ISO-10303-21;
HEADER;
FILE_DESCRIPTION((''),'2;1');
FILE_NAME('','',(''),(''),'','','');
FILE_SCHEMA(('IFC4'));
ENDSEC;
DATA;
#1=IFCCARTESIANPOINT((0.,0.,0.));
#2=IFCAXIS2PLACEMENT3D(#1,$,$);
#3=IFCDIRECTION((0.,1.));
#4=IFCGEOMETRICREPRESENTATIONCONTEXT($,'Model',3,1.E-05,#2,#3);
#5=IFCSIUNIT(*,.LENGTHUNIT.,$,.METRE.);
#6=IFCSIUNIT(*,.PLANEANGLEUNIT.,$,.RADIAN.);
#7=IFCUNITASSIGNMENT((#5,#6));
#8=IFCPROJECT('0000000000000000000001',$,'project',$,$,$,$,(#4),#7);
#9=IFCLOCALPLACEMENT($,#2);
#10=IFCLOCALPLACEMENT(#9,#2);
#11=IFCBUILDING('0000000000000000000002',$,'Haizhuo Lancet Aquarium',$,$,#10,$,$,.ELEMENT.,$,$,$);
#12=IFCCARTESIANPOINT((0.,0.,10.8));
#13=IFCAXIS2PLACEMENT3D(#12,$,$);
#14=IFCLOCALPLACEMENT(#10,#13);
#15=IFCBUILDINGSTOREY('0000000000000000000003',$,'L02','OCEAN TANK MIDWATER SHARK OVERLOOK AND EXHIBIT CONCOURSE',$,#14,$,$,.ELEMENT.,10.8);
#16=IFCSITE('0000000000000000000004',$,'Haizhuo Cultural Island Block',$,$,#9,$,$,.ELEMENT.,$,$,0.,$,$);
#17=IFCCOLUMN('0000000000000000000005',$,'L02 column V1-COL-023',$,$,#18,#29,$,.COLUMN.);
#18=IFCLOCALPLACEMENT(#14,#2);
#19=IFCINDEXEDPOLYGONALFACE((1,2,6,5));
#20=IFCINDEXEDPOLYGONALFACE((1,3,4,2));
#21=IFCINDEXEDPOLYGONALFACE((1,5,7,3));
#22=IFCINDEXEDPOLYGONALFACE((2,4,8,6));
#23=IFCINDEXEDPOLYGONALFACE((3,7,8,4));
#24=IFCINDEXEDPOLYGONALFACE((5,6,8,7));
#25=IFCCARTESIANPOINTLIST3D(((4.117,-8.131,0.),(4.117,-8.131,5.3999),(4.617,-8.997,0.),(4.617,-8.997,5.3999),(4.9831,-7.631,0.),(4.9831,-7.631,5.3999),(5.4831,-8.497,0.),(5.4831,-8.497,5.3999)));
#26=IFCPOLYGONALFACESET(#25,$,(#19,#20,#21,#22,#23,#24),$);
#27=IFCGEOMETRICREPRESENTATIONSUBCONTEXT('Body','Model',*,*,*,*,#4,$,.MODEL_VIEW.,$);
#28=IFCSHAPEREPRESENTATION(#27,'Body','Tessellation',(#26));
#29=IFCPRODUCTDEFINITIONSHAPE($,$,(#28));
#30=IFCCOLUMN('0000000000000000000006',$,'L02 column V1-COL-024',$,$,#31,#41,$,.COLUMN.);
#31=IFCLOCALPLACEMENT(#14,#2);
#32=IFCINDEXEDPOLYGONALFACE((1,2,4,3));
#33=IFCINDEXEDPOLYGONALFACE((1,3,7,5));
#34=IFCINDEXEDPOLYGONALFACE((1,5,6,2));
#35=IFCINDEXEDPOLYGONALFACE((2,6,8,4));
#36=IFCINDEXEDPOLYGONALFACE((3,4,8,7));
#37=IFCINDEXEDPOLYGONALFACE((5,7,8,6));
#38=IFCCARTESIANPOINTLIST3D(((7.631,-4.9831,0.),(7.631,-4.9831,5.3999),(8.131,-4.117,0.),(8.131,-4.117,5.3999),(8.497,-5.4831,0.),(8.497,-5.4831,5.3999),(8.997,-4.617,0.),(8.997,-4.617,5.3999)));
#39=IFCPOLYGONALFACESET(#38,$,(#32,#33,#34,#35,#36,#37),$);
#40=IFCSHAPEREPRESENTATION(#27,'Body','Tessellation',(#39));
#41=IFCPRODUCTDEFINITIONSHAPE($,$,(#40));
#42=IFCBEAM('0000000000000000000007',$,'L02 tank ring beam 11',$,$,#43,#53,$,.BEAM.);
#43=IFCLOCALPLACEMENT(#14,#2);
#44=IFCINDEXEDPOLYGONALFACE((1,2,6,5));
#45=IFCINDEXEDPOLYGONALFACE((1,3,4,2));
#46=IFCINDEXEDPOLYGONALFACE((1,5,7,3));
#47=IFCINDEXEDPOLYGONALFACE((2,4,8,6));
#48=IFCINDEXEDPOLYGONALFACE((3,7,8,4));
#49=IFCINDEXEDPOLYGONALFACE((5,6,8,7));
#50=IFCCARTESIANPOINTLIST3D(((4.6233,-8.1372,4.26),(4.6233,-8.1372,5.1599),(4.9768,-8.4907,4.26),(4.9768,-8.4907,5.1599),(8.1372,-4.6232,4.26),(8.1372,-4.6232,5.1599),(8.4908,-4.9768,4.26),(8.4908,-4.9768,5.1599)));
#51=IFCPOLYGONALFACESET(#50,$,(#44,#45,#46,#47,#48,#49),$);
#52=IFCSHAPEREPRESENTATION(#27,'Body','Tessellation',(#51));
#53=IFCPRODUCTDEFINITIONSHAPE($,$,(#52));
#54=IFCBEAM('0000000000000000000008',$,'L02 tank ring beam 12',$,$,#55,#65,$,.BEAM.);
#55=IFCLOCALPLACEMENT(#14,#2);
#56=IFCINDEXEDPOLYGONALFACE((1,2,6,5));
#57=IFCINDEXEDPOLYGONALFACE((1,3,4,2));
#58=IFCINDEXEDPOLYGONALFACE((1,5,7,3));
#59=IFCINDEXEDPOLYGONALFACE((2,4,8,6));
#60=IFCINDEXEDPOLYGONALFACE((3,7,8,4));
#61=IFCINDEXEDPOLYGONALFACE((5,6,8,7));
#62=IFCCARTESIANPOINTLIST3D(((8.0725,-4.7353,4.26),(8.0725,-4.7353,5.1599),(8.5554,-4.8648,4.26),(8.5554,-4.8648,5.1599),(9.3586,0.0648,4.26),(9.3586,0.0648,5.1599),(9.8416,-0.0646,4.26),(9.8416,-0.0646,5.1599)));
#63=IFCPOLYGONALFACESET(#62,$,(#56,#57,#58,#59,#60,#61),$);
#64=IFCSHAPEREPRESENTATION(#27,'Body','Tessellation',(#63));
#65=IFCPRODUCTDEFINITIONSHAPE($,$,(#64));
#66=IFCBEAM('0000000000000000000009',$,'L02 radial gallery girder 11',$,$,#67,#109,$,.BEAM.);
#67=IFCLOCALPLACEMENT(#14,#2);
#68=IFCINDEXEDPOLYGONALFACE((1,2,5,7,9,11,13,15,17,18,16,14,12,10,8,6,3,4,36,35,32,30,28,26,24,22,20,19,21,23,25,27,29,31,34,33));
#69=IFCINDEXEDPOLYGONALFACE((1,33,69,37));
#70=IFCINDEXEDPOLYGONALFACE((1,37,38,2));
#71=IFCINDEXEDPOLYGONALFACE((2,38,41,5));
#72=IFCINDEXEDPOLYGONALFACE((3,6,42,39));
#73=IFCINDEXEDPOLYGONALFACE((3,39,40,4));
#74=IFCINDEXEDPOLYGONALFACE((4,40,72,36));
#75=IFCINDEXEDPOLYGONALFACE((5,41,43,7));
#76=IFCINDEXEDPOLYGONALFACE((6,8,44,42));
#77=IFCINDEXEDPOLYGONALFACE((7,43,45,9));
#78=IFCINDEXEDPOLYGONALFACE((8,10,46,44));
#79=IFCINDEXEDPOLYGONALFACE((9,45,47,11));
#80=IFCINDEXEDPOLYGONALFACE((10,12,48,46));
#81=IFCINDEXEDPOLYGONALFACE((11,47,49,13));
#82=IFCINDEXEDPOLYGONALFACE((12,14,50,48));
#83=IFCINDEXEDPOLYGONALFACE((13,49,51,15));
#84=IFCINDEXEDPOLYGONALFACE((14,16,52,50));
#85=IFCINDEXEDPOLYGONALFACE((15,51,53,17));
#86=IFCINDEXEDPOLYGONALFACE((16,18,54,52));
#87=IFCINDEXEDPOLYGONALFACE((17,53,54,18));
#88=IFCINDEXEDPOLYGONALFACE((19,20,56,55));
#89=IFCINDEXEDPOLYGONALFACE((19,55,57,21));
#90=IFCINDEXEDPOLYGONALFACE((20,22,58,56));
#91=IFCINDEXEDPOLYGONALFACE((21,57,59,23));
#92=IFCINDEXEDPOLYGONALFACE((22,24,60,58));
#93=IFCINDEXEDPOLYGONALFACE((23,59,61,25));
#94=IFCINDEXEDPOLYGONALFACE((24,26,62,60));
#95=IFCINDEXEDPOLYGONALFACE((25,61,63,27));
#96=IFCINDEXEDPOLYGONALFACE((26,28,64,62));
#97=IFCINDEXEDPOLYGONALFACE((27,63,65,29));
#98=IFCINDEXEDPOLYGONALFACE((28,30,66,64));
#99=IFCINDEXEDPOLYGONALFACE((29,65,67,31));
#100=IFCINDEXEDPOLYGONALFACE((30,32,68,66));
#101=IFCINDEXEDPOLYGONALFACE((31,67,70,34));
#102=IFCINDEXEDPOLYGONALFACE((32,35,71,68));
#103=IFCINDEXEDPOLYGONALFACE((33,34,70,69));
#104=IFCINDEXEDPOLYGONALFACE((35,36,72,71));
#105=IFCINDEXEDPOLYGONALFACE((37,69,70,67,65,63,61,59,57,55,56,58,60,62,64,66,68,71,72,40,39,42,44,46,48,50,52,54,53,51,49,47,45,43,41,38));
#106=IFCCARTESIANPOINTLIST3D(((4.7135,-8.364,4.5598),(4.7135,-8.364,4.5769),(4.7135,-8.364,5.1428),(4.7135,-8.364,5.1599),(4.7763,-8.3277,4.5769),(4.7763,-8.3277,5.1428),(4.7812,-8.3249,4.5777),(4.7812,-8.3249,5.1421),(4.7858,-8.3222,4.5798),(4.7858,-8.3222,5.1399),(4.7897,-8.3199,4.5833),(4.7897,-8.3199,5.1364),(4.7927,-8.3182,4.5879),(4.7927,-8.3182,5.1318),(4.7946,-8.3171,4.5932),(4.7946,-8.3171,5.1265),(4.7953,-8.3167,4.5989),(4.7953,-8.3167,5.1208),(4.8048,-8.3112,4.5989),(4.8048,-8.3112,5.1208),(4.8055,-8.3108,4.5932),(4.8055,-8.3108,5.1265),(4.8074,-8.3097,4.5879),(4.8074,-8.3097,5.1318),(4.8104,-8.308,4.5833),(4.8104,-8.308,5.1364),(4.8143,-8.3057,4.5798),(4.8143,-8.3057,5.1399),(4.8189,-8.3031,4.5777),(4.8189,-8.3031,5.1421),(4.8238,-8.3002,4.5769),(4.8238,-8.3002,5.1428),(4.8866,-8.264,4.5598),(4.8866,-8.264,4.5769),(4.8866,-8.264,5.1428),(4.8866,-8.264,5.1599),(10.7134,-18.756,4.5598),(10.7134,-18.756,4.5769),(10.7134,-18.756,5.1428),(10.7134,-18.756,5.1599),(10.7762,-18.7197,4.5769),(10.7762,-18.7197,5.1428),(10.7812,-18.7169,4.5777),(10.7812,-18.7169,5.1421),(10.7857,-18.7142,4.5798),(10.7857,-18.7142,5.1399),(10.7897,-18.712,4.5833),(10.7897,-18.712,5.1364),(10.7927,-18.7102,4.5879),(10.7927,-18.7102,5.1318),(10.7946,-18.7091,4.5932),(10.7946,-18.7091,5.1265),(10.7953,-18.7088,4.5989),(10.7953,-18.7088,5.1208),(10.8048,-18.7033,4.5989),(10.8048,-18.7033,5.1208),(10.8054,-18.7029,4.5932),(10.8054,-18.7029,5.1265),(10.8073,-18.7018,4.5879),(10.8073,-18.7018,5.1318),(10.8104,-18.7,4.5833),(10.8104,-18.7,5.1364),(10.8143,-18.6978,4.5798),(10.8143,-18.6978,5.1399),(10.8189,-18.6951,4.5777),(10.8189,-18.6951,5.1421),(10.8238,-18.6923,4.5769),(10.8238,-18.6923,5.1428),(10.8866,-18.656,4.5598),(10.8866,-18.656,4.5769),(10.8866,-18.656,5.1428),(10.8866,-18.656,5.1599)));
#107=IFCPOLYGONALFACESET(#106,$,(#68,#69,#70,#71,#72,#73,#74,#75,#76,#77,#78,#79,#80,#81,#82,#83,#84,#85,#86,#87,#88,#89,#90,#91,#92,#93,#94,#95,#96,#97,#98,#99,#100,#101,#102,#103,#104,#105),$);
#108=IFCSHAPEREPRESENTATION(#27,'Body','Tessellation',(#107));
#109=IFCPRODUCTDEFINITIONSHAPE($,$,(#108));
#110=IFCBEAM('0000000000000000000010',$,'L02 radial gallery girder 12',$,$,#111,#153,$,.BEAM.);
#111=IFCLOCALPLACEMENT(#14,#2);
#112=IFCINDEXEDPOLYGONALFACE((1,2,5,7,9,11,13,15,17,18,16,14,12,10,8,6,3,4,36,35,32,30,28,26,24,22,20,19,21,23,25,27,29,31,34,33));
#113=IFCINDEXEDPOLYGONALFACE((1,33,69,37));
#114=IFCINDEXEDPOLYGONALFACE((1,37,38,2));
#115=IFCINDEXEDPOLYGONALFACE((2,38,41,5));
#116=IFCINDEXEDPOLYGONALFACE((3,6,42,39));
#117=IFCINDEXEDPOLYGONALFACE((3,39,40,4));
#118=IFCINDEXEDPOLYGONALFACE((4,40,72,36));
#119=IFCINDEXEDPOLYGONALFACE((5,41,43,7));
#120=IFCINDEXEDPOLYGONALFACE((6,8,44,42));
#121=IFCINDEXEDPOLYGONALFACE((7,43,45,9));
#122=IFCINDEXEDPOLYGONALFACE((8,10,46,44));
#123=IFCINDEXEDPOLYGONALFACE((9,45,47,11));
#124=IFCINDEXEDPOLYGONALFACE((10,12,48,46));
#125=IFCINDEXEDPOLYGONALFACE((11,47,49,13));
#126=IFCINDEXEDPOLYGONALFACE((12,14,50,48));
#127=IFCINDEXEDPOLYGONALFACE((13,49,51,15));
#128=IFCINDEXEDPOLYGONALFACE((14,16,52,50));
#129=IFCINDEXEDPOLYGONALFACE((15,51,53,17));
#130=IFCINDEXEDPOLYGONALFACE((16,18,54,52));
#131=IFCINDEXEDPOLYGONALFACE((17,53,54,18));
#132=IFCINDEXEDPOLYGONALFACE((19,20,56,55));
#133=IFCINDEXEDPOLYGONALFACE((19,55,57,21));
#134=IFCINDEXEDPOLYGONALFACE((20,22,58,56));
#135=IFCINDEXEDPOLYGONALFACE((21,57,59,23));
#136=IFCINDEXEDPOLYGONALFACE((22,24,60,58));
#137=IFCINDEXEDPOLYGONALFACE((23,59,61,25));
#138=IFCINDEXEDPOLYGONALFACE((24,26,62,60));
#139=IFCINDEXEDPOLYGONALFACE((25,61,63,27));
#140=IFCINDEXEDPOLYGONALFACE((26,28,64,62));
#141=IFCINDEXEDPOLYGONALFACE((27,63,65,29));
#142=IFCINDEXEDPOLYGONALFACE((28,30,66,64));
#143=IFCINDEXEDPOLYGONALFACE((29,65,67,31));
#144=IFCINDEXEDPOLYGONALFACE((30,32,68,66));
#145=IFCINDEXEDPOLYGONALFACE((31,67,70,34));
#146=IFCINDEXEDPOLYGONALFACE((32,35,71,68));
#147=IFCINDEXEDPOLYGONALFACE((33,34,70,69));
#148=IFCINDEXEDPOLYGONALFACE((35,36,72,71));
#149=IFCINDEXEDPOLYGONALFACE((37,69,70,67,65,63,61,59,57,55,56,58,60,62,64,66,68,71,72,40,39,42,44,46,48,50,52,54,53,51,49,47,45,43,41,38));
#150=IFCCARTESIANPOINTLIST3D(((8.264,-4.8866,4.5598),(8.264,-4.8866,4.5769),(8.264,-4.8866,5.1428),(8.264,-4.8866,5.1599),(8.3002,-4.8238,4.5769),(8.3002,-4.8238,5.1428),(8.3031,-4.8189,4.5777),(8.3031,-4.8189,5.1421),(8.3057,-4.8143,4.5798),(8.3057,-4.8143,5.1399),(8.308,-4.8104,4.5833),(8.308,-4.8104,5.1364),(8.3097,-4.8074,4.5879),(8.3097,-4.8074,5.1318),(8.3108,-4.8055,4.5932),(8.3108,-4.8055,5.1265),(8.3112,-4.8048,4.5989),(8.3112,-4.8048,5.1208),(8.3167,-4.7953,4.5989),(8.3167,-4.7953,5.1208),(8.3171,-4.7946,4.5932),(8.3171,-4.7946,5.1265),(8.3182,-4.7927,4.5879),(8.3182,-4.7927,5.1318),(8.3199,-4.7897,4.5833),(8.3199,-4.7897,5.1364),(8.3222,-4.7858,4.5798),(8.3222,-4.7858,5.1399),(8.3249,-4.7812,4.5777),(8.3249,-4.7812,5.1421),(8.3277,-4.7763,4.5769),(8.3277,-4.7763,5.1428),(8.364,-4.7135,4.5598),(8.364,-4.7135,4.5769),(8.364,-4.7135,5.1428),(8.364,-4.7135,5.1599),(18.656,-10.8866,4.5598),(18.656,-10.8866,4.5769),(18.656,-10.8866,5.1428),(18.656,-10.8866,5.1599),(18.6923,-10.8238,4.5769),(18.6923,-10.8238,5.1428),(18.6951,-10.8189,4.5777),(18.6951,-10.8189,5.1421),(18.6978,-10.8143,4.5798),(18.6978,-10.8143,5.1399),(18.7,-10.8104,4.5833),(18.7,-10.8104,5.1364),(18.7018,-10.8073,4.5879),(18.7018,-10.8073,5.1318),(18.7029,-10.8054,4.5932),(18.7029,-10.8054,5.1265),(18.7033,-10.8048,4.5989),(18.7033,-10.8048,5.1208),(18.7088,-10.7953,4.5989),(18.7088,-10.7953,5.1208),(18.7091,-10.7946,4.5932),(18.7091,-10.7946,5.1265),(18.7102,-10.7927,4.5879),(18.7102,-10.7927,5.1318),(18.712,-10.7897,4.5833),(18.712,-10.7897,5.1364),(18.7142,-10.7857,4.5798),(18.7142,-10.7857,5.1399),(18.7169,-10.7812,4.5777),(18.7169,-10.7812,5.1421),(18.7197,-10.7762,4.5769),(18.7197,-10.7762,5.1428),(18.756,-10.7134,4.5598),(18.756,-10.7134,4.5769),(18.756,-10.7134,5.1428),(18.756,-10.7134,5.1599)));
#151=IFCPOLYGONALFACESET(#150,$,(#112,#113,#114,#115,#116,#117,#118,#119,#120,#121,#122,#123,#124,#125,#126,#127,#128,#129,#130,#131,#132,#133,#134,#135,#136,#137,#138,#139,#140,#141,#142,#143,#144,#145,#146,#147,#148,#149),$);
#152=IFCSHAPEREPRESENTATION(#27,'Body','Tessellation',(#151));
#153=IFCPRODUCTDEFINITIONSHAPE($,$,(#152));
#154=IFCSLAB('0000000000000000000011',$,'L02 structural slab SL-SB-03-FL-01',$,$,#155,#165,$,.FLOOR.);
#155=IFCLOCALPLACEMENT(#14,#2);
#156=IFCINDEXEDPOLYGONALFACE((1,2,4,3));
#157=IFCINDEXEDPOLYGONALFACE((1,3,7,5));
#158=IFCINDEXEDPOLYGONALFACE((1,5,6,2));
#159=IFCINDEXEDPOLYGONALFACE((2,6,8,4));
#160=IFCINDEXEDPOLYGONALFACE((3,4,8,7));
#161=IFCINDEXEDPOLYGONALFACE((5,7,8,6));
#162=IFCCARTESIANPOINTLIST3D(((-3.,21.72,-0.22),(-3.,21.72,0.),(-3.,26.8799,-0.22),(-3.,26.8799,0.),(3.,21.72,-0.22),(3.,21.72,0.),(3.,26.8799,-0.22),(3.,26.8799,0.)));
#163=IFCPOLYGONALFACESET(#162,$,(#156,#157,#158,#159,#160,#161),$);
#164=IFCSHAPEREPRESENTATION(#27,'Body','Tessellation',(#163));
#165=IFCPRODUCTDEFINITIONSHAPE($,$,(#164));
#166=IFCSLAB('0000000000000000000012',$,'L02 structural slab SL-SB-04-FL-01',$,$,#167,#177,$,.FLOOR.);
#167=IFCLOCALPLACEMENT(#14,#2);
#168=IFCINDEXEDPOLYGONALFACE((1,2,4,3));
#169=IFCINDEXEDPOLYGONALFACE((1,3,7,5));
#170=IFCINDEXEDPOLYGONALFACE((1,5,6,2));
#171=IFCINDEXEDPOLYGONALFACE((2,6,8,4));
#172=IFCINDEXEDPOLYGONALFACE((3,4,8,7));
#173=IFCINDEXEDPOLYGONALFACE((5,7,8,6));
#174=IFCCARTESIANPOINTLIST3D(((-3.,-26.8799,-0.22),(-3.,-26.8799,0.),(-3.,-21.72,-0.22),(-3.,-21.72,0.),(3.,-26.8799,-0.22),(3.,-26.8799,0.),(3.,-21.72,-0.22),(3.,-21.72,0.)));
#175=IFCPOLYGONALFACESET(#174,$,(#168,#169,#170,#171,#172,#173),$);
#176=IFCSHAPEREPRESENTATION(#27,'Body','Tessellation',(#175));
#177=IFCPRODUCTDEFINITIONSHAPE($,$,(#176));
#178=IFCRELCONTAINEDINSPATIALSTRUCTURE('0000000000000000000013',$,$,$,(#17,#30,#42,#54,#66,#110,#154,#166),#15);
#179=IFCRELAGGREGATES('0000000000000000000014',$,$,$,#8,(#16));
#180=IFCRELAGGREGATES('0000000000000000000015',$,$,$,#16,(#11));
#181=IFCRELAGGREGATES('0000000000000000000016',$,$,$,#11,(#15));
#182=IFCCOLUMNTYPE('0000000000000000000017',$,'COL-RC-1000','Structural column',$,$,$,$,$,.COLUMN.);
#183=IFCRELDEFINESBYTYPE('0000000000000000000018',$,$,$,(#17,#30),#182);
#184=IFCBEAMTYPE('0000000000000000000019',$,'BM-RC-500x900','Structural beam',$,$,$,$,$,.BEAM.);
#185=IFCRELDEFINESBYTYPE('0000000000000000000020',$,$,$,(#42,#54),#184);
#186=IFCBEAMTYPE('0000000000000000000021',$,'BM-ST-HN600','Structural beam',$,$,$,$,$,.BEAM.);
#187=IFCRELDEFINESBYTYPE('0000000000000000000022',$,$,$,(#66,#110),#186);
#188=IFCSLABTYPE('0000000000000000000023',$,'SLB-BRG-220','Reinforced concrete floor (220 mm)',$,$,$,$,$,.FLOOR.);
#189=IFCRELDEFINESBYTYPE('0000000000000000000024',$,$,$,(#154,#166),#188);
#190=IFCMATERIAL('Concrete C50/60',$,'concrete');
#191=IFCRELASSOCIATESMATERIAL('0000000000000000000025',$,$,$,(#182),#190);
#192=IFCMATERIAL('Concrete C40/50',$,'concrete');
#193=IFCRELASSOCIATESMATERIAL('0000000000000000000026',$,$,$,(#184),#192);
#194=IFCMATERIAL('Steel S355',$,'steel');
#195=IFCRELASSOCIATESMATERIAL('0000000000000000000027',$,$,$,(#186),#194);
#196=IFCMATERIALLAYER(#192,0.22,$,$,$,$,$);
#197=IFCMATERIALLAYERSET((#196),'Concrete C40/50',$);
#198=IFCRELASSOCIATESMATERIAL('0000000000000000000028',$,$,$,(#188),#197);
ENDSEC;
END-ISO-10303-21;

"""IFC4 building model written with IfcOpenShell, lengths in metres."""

from ifc_helpers import new_model, si_unit, direction, frame, origin, origin_2d, place, context, subcontext, project, spatial, polyline, rectangle, i_section, outline, extrude, material, layer, layer_set, material_profile, profile_set, type_object, element, save


model = new_model("IFC4")

# Units and contexts
model_context = context("Model", 3, precision=1e-05, world=origin(), true_north=direction((0.0, 1.0)))
body_context = subcontext(model_context, "Body", "Model", "MODEL_VIEW")
ifc_project = project(units=[si_unit("LENGTHUNIT", "METRE"), si_unit("PLANEANGLEUNIT", "RADIAN")], contexts=[model_context])

# Site, building, storey
site_placement = place(None, origin())
site = spatial("IfcSite", under=ifc_project, at=site_placement, Name="Haizhuo Cultural Island Block", CompositionType="ELEMENT", RefElevation=0.0)
building_placement = place(site_placement, origin())
building = spatial("IfcBuilding", under=site, at=building_placement, Name="Haizhuo Lancet Aquarium", CompositionType="ELEMENT")
storey_placement = place(building_placement, frame((0.0, 0.0, 10.8)))
storey = spatial("IfcBuildingStorey", under=building, at=storey_placement, Name="L02", Description="OCEAN TANK MIDWATER SHARK OVERLOOK AND EXHIBIT CONCOURSE", CompositionType="ELEMENT", Elevation=10.8)

# Columns
ifc_material_1 = material(Name="Concrete C50/60", Category="concrete")
ifc_material_profile_1 = material_profile(ifc_material_1, rectangle(XDim=1.0, YDim=1.0, at=origin_2d()), Name="RC-COL 1000x1000")
ifc_profile_set_1 = profile_set([ifc_material_profile_1], Name="Concrete C50/60")
column_type = type_object("IfcColumnType", Name="COL-RC-1000", Description="Structural column", PredefinedType="COLUMN", material=ifc_profile_set_1)
for number, where, z_axis, x_axis, name in (
    (1, (4.8, -8.314, 0.0), (0.0, 0.0, 1.0), (0.5, -0.866025, 0.0), "L02 column V1-COL-023"),
    (2, (8.314, -4.8, 0.0), (0.0, 0.0, 1.0), (0.866025, -0.5, 0.0), "L02 column V1-COL-024"),
):
    element("IfcColumn", number, at=place(storey_placement, frame(where, z_axis=z_axis, x_axis=x_axis)), inside=storey, type_object=column_type, Name=name, PredefinedType="COLUMN", context=body_context, shape_type="SweptSolid", body=[
        extrude(rectangle(XDim=1.0, YDim=1.0, at=origin_2d()), origin(), (0.0, 0.0, 1.0), 5.3999),
    ])

# Beams
ifc_material_2 = material(Name="Concrete C40/50", Category="concrete")
ifc_material_profile_2 = material_profile(ifc_material_2, rectangle(XDim=0.5, YDim=0.8999, at=origin_2d()), Name="RC-BM 500x900")
ifc_profile_set_2 = profile_set([ifc_material_profile_2], Name="Concrete C40/50")
beam_type_1 = type_object("IfcBeamType", Name="BM-RC-500x900", Description="Structural beam", PredefinedType="BEAM", material=ifc_profile_set_2)
for number, where, z_axis, x_axis, name in (
    (3, (4.8, -8.314, 4.71), (0.707107, 0.707107, 0.0), (-0.707107, 0.707107, 0.0), "L02 tank ring beam 11"),
    (4, (8.314, -4.8, 4.71), (0.258812, 0.965928, 0.0), (-0.965928, 0.258812, 0.0), "L02 tank ring beam 12"),
):
    element("IfcBeam", number, at=place(storey_placement, frame(where, z_axis=z_axis, x_axis=x_axis)), inside=storey, type_object=beam_type_1, Name=name, PredefinedType="BEAM", context=body_context, shape_type="SweptSolid", body=[
        extrude(rectangle(XDim=0.5, YDim=0.8999, at=origin_2d()), origin(), (0.0, 0.0, 1.0), 4.9695),
    ])
ifc_material_3 = material(Name="Steel S355", Category="steel")
ifc_material_profile_3 = material_profile(ifc_material_3, i_section(OverallWidth=0.2, OverallDepth=0.6001, WebThickness=0.011, FlangeThickness=0.0171, FilletRadius=0.022, at=origin_2d()), Name="HN 600x200x11x17")
ifc_profile_set_3 = profile_set([ifc_material_profile_3], Name="Steel S355")
beam_type_2 = type_object("IfcBeamType", Name="BM-ST-HN600", Description="Structural beam", PredefinedType="BEAM", material=ifc_profile_set_3)
for number, where, z_axis, x_axis, name in (
    (5, (4.8, -8.314, 4.8599), (0.500008, -0.866021, 0.0), (0.866021, 0.500008, 0.0), "L02 radial gallery girder 11"),
    (6, (8.314, -4.8, 4.8599), (0.866021, -0.500008, 0.0), (0.500008, 0.866021, 0.0), "L02 radial gallery girder 12"),
):
    element("IfcBeam", number, at=place(storey_placement, frame(where, z_axis=z_axis, x_axis=x_axis)), inside=storey, type_object=beam_type_2, Name=name, PredefinedType="BEAM", context=body_context, shape_type="SweptSolid", body=[
        extrude(i_section(OverallWidth=0.2, OverallDepth=0.6001, WebThickness=0.011, FlangeThickness=0.0171, FilletRadius=0.022, at=origin_2d()), origin(), (0.0, 0.0, 1.0), 11.9998),
    ])

# Slabs
ifc_layer_1 = layer(ifc_material_2, 0.22)
ifc_layer_set_1 = layer_set([ifc_layer_1], Name="Concrete C40/50")
slab_type_1 = type_object("IfcSlabType", Name="SLB-BRG-220", Description="Reinforced concrete floor (220 mm)", PredefinedType="FLOOR", material=ifc_layer_set_1)
slab_1_placement = place(storey_placement, frame((0.0, 0.0, -0.22)))
element("IfcSlab", 7, at=slab_1_placement, inside=storey, type_object=slab_type_1, Name="L02 structural slab SL-SB-03-FL-01", PredefinedType="FLOOR", context=body_context, shape_type="SweptSolid", body=[
    extrude(outline(polyline([(-3.0, 21.72), (3.0, 21.72), (3.0, 26.8799), (-3.0, 26.8799), (-3.0, 21.72)])), origin(), (0.0, 0.0, 1.0), 0.22),
])
slab_2_placement = place(storey_placement, frame((0.0, 0.0, -0.22)))
element("IfcSlab", 8, at=slab_2_placement, inside=storey, type_object=slab_type_1, Name="L02 structural slab SL-SB-04-FL-01", PredefinedType="FLOOR", context=body_context, shape_type="SweptSolid", body=[
    extrude(outline(polyline([(-3.0, -26.8799), (3.0, -26.8799), (3.0, -21.72), (-3.0, -21.72), (-3.0, -26.8799)])), origin(), (0.0, 0.0, 1.0), 0.22),
])

save(model, "model.ifc")
